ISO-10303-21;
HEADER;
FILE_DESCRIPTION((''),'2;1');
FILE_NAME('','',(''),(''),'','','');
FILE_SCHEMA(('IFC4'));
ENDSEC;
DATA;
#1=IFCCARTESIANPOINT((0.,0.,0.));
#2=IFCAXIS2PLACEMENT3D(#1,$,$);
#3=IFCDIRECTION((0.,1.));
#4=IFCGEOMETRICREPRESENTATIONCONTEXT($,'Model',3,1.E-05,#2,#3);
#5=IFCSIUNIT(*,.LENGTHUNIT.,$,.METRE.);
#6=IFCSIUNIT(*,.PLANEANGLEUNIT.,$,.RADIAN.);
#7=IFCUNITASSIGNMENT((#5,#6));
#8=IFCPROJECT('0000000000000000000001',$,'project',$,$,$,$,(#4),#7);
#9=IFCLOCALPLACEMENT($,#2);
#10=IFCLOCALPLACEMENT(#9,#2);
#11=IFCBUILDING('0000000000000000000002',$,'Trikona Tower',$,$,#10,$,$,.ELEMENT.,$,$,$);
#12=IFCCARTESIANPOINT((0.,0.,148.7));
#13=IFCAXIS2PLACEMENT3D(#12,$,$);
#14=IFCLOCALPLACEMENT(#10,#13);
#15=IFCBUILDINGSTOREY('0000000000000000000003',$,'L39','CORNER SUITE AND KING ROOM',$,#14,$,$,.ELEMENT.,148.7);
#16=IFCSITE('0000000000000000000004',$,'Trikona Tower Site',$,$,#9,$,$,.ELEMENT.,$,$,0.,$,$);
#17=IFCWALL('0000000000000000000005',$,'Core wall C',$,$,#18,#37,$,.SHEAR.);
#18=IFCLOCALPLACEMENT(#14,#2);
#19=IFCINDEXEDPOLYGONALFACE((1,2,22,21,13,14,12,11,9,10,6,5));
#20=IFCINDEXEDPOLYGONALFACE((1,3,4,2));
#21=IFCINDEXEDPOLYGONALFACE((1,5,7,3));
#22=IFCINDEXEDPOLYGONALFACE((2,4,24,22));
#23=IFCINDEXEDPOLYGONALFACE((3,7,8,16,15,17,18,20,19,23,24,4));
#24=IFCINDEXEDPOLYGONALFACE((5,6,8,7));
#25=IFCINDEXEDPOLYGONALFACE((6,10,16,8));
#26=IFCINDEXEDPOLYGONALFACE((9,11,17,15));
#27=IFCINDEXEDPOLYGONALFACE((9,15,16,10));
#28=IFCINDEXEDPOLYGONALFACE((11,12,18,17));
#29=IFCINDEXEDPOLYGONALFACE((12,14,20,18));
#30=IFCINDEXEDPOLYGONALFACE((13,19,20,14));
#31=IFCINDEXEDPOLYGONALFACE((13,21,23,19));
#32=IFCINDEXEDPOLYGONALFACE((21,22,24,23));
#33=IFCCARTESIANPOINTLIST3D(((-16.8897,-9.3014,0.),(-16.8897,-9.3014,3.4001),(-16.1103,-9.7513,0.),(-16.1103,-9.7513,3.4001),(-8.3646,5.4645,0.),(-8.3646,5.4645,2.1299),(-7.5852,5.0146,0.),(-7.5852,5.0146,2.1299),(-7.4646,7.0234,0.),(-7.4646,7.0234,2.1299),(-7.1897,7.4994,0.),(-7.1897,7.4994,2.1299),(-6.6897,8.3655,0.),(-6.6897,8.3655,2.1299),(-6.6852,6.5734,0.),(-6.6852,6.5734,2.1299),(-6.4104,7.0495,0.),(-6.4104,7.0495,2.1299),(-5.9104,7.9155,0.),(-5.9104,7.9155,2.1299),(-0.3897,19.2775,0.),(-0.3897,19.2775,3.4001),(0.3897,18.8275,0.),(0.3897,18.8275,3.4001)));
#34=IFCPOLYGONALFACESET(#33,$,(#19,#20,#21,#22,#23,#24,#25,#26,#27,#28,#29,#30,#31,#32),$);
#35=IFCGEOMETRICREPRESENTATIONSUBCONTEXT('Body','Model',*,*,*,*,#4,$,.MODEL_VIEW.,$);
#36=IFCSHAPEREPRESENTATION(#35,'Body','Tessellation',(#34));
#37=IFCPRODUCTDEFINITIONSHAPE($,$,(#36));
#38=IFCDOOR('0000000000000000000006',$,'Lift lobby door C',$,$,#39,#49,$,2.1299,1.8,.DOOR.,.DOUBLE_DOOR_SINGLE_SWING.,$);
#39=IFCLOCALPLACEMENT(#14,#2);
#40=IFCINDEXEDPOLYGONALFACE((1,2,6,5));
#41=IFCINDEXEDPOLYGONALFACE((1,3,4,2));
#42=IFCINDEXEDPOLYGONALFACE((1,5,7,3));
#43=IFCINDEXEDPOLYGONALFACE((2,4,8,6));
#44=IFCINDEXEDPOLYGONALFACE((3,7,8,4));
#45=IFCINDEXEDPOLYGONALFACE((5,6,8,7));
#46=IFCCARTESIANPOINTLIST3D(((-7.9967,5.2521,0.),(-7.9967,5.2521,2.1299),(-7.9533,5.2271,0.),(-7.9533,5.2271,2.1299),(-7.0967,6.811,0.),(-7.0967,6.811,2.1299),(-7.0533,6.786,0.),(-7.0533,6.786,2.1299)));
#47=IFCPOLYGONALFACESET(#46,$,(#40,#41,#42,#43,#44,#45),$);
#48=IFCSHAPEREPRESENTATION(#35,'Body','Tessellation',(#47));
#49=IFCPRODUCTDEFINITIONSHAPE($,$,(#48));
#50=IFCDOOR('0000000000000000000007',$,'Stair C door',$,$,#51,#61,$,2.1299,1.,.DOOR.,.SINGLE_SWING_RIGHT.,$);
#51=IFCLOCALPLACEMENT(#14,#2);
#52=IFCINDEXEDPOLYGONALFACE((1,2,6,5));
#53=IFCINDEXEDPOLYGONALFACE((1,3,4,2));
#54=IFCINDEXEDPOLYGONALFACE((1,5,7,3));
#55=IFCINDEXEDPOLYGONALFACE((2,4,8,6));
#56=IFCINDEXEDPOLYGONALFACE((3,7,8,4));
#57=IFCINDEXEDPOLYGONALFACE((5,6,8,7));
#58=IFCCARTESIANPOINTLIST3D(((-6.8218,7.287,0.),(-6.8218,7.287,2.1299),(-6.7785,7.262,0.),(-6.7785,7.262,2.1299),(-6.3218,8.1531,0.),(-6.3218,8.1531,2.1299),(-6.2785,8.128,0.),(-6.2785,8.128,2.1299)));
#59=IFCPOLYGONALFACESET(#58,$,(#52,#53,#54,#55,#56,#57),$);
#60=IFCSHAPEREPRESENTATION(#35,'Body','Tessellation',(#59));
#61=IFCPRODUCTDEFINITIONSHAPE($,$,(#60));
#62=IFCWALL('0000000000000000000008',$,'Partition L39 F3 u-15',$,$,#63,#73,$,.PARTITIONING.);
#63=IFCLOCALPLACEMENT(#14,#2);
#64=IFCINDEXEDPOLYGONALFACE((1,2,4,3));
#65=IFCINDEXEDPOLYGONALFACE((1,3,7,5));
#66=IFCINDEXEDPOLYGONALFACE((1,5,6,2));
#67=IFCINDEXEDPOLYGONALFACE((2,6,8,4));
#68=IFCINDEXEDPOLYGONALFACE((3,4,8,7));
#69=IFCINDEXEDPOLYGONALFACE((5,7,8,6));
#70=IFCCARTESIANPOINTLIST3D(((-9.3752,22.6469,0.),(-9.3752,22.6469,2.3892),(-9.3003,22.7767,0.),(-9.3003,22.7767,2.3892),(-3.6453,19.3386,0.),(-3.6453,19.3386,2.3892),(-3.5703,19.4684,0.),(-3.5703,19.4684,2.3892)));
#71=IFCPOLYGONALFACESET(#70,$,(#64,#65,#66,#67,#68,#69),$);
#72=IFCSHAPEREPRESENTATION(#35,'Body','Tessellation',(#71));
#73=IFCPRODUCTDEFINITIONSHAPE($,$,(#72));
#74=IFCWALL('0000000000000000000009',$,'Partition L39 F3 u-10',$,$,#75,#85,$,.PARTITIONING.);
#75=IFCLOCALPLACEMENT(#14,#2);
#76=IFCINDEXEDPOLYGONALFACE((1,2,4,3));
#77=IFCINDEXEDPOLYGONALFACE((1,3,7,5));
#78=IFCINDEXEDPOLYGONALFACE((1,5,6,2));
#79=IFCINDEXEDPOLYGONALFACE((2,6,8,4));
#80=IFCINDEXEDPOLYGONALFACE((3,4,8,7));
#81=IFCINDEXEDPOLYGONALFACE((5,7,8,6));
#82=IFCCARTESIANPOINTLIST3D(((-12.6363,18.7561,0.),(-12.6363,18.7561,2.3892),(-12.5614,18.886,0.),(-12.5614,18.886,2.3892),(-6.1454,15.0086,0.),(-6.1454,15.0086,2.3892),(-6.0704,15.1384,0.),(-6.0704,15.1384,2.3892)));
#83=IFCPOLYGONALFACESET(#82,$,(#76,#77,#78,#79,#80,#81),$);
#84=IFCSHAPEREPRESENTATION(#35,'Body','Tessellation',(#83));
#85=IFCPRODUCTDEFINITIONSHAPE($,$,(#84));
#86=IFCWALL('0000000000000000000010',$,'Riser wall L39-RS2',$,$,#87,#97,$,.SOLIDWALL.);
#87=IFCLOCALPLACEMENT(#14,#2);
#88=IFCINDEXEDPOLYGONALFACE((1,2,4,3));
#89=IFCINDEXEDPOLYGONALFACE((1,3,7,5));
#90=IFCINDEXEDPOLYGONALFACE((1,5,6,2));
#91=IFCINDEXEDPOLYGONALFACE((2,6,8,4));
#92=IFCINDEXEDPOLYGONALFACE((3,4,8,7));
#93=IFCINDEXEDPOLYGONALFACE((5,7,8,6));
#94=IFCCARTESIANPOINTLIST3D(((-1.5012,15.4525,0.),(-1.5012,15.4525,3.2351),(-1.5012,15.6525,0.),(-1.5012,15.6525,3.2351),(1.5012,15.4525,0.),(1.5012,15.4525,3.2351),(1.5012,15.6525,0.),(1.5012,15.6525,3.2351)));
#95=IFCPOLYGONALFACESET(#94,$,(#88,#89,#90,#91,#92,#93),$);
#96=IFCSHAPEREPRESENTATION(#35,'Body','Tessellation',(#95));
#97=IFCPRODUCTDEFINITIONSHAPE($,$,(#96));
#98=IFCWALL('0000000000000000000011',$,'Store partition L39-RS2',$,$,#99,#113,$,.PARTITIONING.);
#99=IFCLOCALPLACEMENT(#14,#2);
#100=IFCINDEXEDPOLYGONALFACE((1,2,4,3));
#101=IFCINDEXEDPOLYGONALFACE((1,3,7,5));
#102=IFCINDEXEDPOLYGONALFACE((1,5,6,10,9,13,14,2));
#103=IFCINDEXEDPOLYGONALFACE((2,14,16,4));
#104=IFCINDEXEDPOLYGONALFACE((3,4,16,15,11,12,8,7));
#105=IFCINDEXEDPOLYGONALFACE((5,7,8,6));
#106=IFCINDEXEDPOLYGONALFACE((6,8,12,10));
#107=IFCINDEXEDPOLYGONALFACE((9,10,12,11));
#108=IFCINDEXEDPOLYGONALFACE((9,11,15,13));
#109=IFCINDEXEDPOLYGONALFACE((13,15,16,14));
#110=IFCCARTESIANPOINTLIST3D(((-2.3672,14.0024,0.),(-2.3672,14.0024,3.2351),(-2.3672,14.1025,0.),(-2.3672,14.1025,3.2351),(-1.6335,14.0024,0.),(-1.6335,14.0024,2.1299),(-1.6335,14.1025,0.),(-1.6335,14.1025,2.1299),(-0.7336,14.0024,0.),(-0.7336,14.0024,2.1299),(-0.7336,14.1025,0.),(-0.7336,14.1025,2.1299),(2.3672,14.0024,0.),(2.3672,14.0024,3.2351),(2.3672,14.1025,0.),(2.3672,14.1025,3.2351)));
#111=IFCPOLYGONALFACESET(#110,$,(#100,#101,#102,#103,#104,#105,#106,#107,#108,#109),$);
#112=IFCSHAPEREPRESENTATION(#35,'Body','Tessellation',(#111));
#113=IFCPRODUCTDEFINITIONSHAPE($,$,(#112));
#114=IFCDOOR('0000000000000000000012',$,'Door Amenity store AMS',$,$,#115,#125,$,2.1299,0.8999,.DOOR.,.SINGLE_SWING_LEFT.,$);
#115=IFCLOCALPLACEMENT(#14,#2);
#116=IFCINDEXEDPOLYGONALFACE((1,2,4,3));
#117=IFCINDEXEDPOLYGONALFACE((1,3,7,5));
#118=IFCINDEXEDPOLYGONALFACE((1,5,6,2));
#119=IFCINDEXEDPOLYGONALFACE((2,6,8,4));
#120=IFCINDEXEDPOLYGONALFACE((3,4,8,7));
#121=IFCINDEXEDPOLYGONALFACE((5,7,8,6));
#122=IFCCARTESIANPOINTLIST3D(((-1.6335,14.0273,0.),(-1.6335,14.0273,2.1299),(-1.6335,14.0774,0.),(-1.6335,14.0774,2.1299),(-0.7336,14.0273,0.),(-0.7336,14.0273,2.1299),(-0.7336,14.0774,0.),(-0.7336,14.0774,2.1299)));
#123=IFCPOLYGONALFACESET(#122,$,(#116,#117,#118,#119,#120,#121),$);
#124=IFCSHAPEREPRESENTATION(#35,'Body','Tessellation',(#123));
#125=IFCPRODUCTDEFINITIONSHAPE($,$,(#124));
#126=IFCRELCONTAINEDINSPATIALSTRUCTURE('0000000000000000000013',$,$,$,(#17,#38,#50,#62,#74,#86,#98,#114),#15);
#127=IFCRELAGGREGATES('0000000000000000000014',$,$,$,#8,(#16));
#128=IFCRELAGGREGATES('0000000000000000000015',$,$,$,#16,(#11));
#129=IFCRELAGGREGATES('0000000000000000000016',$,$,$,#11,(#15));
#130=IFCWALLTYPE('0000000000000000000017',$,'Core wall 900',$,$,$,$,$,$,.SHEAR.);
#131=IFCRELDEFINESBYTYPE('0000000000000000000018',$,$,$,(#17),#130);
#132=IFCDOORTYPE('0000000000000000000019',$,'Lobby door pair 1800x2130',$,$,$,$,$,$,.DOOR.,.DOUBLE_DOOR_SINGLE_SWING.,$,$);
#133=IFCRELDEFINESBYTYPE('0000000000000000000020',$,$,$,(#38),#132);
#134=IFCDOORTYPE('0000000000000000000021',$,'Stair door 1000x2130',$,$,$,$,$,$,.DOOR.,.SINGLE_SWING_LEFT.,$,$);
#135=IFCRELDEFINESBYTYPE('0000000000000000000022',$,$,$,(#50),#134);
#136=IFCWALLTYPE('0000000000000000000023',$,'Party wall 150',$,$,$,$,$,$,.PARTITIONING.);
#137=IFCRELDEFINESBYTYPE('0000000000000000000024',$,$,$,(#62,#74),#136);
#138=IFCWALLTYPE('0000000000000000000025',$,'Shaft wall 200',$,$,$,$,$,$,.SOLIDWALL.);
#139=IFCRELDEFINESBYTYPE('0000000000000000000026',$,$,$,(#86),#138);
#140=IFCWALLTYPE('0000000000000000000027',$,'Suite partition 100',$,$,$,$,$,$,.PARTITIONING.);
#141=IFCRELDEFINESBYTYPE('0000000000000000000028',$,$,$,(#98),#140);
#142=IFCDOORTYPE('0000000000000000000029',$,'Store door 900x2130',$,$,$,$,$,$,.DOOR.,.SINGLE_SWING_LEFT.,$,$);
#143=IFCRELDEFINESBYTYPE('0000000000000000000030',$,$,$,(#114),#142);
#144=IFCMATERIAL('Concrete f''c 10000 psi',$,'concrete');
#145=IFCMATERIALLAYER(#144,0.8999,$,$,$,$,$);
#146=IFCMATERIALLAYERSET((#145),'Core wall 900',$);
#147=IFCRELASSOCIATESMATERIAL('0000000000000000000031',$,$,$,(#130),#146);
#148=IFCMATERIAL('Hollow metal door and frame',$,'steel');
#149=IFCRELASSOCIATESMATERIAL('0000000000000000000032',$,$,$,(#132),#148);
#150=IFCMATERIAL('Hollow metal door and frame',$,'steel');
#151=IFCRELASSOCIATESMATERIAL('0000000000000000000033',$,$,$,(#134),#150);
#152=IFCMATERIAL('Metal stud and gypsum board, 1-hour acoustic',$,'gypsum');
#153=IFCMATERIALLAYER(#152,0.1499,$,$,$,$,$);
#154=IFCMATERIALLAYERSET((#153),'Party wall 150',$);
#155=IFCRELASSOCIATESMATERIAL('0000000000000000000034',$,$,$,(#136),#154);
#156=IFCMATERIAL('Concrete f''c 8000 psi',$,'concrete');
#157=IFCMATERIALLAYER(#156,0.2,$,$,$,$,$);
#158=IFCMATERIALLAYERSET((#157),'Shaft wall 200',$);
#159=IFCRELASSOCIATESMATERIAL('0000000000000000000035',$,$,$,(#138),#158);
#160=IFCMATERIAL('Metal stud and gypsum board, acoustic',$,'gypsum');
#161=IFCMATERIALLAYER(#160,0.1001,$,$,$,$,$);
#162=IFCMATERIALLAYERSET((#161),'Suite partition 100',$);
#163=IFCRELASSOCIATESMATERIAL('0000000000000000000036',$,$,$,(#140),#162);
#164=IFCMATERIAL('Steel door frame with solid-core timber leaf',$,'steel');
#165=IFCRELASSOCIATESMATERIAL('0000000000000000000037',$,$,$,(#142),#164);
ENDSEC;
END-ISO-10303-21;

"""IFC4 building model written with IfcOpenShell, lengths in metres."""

from ifc_helpers import new_model, si_unit, direction, frame, frame_2d, origin, place, context, subcontext, project, spatial, rectangle, extrude, material, layer, layer_set, type_object, element, fill, save


model = new_model("IFC4")

# Units and contexts
model_context = context("Model", 3, precision=1e-05, world=origin(), true_north=direction((0.0, 1.0)))
body_context = subcontext(model_context, "Body", "Model", "MODEL_VIEW")
ifc_project = project(units=[si_unit("LENGTHUNIT", "METRE"), si_unit("PLANEANGLEUNIT", "RADIAN")], contexts=[model_context])

# Site, building, storey
site_placement = place(None, origin())
site = spatial("IfcSite", under=ifc_project, at=site_placement, Name="Trikona Tower Site", CompositionType="ELEMENT", RefElevation=0.0)
building_placement = place(site_placement, origin())
building = spatial("IfcBuilding", under=site, at=building_placement, Name="Trikona Tower", CompositionType="ELEMENT")
storey_placement = place(building_placement, frame((0.0, 0.0, 148.7)))
storey = spatial("IfcBuildingStorey", under=building, at=storey_placement, Name="L39", Description="CORNER SUITE AND KING ROOM", CompositionType="ELEMENT", Elevation=148.7)

# Wall, openings, doors
ifc_material_1 = material(Name="Concrete f'c 10000 psi", Category="concrete")
ifc_layer_1 = layer(ifc_material_1, 0.8999)
ifc_layer_set_1 = layer_set([ifc_layer_1], Name="Core wall 900")
wall_type_1 = type_object("IfcWallType", Name="Core wall 900", PredefinedType="SHEAR", material=ifc_layer_set_1)
wall_1_placement = place(storey_placement, frame((0.0, 19.0525, 0.0), z_axis=(0.0, 0.0, 1.0), x_axis=(-0.5, -0.866026, 0.0)))
wall_1 = element("IfcWall", 1, at=wall_1_placement, inside=storey, type_object=wall_type_1, Name="Core wall C", PredefinedType="SHEAR", context=body_context, shape_type="SweptSolid", body=[
    extrude(rectangle(XDim=33.0, YDim=0.8999, at=frame_2d((16.5, 0.0))), origin(), (0.0, 0.0, 1.0), 3.4001),
])
opening_1_placement = place(wall_1_placement, frame((14.1499, 0.0, 0.0)))
opening_1 = element("IfcOpeningElement", 2, at=opening_1_placement, cuts=wall_1, PredefinedType="OPENING", context=body_context, shape_type="SweptSolid", body=[
    extrude(rectangle(XDim=1.8, YDim=2.1299, at=frame_2d((0.8999, 1.0649))), frame((0.0, 0.46, 0.0), z_axis=(0.0, -1.0, 0.0), x_axis=(1.0, 0.0, 0.0)), (0.0, 0.0, 1.0), 0.9199),
])
opening_2_placement = place(wall_1_placement, frame((12.6001, 0.0, 0.0)))
opening_2 = element("IfcOpeningElement", 3, at=opening_2_placement, cuts=wall_1, PredefinedType="OPENING", context=body_context, shape_type="SweptSolid", body=[
    extrude(rectangle(XDim=1.0, YDim=2.1299, at=frame_2d((0.5, 1.0649))), frame((0.0, 0.46, 0.0), z_axis=(0.0, -1.0, 0.0), x_axis=(1.0, 0.0, 0.0)), (0.0, 0.0, 1.0), 0.9199),
])
ifc_material_2 = material(Name="Hollow metal door and frame", Category="steel")
door_type_1 = type_object("IfcDoorType", Name="Lobby door pair 1800x2130", OperationType="DOUBLE_DOOR_SINGLE_SWING", PredefinedType="DOOR", material=ifc_material_2)
door_1_placement = place(opening_1_placement, origin())
door_1 = element("IfcDoor", 4, at=door_1_placement, inside=storey, type_object=door_type_1, Name="Lift lobby door C", OperationType="DOUBLE_DOOR_SINGLE_SWING", OverallHeight=2.1299, OverallWidth=1.8, PredefinedType="DOOR", context=body_context, shape_type="SweptSolid", body=[
    extrude(rectangle(XDim=1.8, YDim=2.1299, at=frame_2d((0.8999, 1.0649))), frame((0.0, 0.0249, 0.0), z_axis=(0.0, -1.0, 0.0), x_axis=(1.0, 0.0, 0.0)), (0.0, 0.0, 1.0), 0.05),
])
fill(opening_1, door_1)
ifc_material_3 = material(Name="Hollow metal door and frame", Category="steel")
door_type_2 = type_object("IfcDoorType", Name="Stair door 1000x2130", OperationType="SINGLE_SWING_LEFT", PredefinedType="DOOR", material=ifc_material_3)
door_2_placement = place(opening_2_placement, origin())
door_2 = element("IfcDoor", 5, at=door_2_placement, inside=storey, type_object=door_type_2, Name="Stair C door", OperationType="SINGLE_SWING_RIGHT", OverallHeight=2.1299, OverallWidth=1.0, PredefinedType="DOOR", context=body_context, shape_type="SweptSolid", body=[
    extrude(rectangle(XDim=1.0, YDim=2.1299, at=frame_2d((0.5, 1.0649))), frame((0.0, 0.0249, 0.0), z_axis=(0.0, -1.0, 0.0), x_axis=(1.0, 0.0, 0.0)), (0.0, 0.0, 1.0), 0.05),
])
fill(opening_2, door_2)

# Walls
ifc_material_4 = material(Name="Metal stud and gypsum board, 1-hour acoustic", Category="gypsum")
ifc_layer_2 = layer(ifc_material_4, 0.1499)
ifc_layer_set_2 = layer_set([ifc_layer_2], Name="Party wall 150")
wall_type_2 = type_object("IfcWallType", Name="Party wall 150", PredefinedType="PARTITIONING", material=ifc_layer_set_2)
wall_2_placement = place(storey_placement, frame((-3.6079, 19.4036, 0.0), z_axis=(0.0, 0.0, 1.0), x_axis=(-0.866016, 0.500016, 0.0)))
element("IfcWall", 6, at=wall_2_placement, inside=storey, type_object=wall_type_2, Name="Partition L39 F3 u-15", PredefinedType="PARTITIONING", context=body_context, shape_type="SweptSolid", body=[
    extrude(rectangle(XDim=6.6165, YDim=0.1499, at=frame_2d((3.3081, 0.0))), origin(), (0.0, 0.0, 1.0), 2.3892),
])
wall_3_placement = place(storey_placement, frame((-6.1079, 15.0735, 0.0), z_axis=(0.0, 0.0, 1.0), x_axis=(-0.866026, 0.5, 0.0)))
element("IfcWall", 7, at=wall_3_placement, inside=storey, type_object=wall_type_2, Name="Partition L39 F3 u-10", PredefinedType="PARTITIONING", context=body_context, shape_type="SweptSolid", body=[
    extrude(rectangle(XDim=7.4951, YDim=0.1499, at=frame_2d((3.7476, 0.0))), origin(), (0.0, 0.0, 1.0), 2.3892),
])
ifc_material_5 = material(Name="Concrete f'c 8000 psi", Category="concrete")
ifc_layer_3 = layer(ifc_material_5, 0.2)
ifc_layer_set_3 = layer_set([ifc_layer_3], Name="Shaft wall 200")
wall_type_3 = type_object("IfcWallType", Name="Shaft wall 200", PredefinedType="SOLIDWALL", material=ifc_layer_set_3)
wall_4_placement = place(storey_placement, frame((-1.5012, 15.5525, 0.0), z_axis=(0.0, 0.0, 1.0), x_axis=(1.0, 0.0, 0.0)))
element("IfcWall", 8, at=wall_4_placement, inside=storey, type_object=wall_type_3, Name="Riser wall L39-RS2", PredefinedType="SOLIDWALL", context=body_context, shape_type="SweptSolid", body=[
    extrude(rectangle(XDim=3.0024, YDim=0.2, at=frame_2d((1.5012, 0.0))), origin(), (0.0, 0.0, 1.0), 3.2351),
])

# Wall, opening, door
ifc_material_6 = material(Name="Metal stud and gypsum board, acoustic", Category="gypsum")
ifc_layer_4 = layer(ifc_material_6, 0.1001)
ifc_layer_set_4 = layer_set([ifc_layer_4], Name="Suite partition 100")
wall_type_4 = type_object("IfcWallType", Name="Suite partition 100", PredefinedType="PARTITIONING", material=ifc_layer_set_4)
wall_5_placement = place(storey_placement, frame((-2.3672, 14.0525, 0.0), z_axis=(0.0, 0.0, 1.0), x_axis=(1.0, 0.0, 0.0)))
wall_5 = element("IfcWall", 9, at=wall_5_placement, inside=storey, type_object=wall_type_4, Name="Store partition L39-RS2", PredefinedType="PARTITIONING", context=body_context, shape_type="SweptSolid", body=[
    extrude(rectangle(XDim=4.7344, YDim=0.1001, at=frame_2d((2.3672, 0.0))), origin(), (0.0, 0.0, 1.0), 3.2351),
])
opening_3_placement = place(wall_5_placement, frame((0.7336, 0.0, 0.0)))
opening_3 = element("IfcOpeningElement", 10, at=opening_3_placement, cuts=wall_5, PredefinedType="OPENING", context=body_context, shape_type="SweptSolid", body=[
    extrude(rectangle(XDim=0.8999, YDim=2.1299, at=frame_2d((0.45, 1.0649))), frame((0.0, 0.0601, 0.0), z_axis=(0.0, -1.0, 0.0), x_axis=(1.0, 0.0, 0.0)), (0.0, 0.0, 1.0), 0.1201),
])
ifc_material_7 = material(Name="Steel door frame with solid-core timber leaf", Category="steel")
door_type_3 = type_object("IfcDoorType", Name="Store door 900x2130", OperationType="SINGLE_SWING_LEFT", PredefinedType="DOOR", material=ifc_material_7)
door_3_placement = place(opening_3_placement, origin())
door_3 = element("IfcDoor", 11, at=door_3_placement, inside=storey, type_object=door_type_3, Name="Door Amenity store AMS", OperationType="SINGLE_SWING_LEFT", OverallHeight=2.1299, OverallWidth=0.8999, PredefinedType="DOOR", context=body_context, shape_type="SweptSolid", body=[
    extrude(rectangle(XDim=0.8999, YDim=2.1299, at=frame_2d((0.45, 1.0649))), frame((0.0, 0.0249, 0.0), z_axis=(0.0, -1.0, 0.0), x_axis=(1.0, 0.0, 0.0)), (0.0, 0.0, 1.0), 0.05),
])
fill(opening_3, door_3)

save(model, "model.ifc")
